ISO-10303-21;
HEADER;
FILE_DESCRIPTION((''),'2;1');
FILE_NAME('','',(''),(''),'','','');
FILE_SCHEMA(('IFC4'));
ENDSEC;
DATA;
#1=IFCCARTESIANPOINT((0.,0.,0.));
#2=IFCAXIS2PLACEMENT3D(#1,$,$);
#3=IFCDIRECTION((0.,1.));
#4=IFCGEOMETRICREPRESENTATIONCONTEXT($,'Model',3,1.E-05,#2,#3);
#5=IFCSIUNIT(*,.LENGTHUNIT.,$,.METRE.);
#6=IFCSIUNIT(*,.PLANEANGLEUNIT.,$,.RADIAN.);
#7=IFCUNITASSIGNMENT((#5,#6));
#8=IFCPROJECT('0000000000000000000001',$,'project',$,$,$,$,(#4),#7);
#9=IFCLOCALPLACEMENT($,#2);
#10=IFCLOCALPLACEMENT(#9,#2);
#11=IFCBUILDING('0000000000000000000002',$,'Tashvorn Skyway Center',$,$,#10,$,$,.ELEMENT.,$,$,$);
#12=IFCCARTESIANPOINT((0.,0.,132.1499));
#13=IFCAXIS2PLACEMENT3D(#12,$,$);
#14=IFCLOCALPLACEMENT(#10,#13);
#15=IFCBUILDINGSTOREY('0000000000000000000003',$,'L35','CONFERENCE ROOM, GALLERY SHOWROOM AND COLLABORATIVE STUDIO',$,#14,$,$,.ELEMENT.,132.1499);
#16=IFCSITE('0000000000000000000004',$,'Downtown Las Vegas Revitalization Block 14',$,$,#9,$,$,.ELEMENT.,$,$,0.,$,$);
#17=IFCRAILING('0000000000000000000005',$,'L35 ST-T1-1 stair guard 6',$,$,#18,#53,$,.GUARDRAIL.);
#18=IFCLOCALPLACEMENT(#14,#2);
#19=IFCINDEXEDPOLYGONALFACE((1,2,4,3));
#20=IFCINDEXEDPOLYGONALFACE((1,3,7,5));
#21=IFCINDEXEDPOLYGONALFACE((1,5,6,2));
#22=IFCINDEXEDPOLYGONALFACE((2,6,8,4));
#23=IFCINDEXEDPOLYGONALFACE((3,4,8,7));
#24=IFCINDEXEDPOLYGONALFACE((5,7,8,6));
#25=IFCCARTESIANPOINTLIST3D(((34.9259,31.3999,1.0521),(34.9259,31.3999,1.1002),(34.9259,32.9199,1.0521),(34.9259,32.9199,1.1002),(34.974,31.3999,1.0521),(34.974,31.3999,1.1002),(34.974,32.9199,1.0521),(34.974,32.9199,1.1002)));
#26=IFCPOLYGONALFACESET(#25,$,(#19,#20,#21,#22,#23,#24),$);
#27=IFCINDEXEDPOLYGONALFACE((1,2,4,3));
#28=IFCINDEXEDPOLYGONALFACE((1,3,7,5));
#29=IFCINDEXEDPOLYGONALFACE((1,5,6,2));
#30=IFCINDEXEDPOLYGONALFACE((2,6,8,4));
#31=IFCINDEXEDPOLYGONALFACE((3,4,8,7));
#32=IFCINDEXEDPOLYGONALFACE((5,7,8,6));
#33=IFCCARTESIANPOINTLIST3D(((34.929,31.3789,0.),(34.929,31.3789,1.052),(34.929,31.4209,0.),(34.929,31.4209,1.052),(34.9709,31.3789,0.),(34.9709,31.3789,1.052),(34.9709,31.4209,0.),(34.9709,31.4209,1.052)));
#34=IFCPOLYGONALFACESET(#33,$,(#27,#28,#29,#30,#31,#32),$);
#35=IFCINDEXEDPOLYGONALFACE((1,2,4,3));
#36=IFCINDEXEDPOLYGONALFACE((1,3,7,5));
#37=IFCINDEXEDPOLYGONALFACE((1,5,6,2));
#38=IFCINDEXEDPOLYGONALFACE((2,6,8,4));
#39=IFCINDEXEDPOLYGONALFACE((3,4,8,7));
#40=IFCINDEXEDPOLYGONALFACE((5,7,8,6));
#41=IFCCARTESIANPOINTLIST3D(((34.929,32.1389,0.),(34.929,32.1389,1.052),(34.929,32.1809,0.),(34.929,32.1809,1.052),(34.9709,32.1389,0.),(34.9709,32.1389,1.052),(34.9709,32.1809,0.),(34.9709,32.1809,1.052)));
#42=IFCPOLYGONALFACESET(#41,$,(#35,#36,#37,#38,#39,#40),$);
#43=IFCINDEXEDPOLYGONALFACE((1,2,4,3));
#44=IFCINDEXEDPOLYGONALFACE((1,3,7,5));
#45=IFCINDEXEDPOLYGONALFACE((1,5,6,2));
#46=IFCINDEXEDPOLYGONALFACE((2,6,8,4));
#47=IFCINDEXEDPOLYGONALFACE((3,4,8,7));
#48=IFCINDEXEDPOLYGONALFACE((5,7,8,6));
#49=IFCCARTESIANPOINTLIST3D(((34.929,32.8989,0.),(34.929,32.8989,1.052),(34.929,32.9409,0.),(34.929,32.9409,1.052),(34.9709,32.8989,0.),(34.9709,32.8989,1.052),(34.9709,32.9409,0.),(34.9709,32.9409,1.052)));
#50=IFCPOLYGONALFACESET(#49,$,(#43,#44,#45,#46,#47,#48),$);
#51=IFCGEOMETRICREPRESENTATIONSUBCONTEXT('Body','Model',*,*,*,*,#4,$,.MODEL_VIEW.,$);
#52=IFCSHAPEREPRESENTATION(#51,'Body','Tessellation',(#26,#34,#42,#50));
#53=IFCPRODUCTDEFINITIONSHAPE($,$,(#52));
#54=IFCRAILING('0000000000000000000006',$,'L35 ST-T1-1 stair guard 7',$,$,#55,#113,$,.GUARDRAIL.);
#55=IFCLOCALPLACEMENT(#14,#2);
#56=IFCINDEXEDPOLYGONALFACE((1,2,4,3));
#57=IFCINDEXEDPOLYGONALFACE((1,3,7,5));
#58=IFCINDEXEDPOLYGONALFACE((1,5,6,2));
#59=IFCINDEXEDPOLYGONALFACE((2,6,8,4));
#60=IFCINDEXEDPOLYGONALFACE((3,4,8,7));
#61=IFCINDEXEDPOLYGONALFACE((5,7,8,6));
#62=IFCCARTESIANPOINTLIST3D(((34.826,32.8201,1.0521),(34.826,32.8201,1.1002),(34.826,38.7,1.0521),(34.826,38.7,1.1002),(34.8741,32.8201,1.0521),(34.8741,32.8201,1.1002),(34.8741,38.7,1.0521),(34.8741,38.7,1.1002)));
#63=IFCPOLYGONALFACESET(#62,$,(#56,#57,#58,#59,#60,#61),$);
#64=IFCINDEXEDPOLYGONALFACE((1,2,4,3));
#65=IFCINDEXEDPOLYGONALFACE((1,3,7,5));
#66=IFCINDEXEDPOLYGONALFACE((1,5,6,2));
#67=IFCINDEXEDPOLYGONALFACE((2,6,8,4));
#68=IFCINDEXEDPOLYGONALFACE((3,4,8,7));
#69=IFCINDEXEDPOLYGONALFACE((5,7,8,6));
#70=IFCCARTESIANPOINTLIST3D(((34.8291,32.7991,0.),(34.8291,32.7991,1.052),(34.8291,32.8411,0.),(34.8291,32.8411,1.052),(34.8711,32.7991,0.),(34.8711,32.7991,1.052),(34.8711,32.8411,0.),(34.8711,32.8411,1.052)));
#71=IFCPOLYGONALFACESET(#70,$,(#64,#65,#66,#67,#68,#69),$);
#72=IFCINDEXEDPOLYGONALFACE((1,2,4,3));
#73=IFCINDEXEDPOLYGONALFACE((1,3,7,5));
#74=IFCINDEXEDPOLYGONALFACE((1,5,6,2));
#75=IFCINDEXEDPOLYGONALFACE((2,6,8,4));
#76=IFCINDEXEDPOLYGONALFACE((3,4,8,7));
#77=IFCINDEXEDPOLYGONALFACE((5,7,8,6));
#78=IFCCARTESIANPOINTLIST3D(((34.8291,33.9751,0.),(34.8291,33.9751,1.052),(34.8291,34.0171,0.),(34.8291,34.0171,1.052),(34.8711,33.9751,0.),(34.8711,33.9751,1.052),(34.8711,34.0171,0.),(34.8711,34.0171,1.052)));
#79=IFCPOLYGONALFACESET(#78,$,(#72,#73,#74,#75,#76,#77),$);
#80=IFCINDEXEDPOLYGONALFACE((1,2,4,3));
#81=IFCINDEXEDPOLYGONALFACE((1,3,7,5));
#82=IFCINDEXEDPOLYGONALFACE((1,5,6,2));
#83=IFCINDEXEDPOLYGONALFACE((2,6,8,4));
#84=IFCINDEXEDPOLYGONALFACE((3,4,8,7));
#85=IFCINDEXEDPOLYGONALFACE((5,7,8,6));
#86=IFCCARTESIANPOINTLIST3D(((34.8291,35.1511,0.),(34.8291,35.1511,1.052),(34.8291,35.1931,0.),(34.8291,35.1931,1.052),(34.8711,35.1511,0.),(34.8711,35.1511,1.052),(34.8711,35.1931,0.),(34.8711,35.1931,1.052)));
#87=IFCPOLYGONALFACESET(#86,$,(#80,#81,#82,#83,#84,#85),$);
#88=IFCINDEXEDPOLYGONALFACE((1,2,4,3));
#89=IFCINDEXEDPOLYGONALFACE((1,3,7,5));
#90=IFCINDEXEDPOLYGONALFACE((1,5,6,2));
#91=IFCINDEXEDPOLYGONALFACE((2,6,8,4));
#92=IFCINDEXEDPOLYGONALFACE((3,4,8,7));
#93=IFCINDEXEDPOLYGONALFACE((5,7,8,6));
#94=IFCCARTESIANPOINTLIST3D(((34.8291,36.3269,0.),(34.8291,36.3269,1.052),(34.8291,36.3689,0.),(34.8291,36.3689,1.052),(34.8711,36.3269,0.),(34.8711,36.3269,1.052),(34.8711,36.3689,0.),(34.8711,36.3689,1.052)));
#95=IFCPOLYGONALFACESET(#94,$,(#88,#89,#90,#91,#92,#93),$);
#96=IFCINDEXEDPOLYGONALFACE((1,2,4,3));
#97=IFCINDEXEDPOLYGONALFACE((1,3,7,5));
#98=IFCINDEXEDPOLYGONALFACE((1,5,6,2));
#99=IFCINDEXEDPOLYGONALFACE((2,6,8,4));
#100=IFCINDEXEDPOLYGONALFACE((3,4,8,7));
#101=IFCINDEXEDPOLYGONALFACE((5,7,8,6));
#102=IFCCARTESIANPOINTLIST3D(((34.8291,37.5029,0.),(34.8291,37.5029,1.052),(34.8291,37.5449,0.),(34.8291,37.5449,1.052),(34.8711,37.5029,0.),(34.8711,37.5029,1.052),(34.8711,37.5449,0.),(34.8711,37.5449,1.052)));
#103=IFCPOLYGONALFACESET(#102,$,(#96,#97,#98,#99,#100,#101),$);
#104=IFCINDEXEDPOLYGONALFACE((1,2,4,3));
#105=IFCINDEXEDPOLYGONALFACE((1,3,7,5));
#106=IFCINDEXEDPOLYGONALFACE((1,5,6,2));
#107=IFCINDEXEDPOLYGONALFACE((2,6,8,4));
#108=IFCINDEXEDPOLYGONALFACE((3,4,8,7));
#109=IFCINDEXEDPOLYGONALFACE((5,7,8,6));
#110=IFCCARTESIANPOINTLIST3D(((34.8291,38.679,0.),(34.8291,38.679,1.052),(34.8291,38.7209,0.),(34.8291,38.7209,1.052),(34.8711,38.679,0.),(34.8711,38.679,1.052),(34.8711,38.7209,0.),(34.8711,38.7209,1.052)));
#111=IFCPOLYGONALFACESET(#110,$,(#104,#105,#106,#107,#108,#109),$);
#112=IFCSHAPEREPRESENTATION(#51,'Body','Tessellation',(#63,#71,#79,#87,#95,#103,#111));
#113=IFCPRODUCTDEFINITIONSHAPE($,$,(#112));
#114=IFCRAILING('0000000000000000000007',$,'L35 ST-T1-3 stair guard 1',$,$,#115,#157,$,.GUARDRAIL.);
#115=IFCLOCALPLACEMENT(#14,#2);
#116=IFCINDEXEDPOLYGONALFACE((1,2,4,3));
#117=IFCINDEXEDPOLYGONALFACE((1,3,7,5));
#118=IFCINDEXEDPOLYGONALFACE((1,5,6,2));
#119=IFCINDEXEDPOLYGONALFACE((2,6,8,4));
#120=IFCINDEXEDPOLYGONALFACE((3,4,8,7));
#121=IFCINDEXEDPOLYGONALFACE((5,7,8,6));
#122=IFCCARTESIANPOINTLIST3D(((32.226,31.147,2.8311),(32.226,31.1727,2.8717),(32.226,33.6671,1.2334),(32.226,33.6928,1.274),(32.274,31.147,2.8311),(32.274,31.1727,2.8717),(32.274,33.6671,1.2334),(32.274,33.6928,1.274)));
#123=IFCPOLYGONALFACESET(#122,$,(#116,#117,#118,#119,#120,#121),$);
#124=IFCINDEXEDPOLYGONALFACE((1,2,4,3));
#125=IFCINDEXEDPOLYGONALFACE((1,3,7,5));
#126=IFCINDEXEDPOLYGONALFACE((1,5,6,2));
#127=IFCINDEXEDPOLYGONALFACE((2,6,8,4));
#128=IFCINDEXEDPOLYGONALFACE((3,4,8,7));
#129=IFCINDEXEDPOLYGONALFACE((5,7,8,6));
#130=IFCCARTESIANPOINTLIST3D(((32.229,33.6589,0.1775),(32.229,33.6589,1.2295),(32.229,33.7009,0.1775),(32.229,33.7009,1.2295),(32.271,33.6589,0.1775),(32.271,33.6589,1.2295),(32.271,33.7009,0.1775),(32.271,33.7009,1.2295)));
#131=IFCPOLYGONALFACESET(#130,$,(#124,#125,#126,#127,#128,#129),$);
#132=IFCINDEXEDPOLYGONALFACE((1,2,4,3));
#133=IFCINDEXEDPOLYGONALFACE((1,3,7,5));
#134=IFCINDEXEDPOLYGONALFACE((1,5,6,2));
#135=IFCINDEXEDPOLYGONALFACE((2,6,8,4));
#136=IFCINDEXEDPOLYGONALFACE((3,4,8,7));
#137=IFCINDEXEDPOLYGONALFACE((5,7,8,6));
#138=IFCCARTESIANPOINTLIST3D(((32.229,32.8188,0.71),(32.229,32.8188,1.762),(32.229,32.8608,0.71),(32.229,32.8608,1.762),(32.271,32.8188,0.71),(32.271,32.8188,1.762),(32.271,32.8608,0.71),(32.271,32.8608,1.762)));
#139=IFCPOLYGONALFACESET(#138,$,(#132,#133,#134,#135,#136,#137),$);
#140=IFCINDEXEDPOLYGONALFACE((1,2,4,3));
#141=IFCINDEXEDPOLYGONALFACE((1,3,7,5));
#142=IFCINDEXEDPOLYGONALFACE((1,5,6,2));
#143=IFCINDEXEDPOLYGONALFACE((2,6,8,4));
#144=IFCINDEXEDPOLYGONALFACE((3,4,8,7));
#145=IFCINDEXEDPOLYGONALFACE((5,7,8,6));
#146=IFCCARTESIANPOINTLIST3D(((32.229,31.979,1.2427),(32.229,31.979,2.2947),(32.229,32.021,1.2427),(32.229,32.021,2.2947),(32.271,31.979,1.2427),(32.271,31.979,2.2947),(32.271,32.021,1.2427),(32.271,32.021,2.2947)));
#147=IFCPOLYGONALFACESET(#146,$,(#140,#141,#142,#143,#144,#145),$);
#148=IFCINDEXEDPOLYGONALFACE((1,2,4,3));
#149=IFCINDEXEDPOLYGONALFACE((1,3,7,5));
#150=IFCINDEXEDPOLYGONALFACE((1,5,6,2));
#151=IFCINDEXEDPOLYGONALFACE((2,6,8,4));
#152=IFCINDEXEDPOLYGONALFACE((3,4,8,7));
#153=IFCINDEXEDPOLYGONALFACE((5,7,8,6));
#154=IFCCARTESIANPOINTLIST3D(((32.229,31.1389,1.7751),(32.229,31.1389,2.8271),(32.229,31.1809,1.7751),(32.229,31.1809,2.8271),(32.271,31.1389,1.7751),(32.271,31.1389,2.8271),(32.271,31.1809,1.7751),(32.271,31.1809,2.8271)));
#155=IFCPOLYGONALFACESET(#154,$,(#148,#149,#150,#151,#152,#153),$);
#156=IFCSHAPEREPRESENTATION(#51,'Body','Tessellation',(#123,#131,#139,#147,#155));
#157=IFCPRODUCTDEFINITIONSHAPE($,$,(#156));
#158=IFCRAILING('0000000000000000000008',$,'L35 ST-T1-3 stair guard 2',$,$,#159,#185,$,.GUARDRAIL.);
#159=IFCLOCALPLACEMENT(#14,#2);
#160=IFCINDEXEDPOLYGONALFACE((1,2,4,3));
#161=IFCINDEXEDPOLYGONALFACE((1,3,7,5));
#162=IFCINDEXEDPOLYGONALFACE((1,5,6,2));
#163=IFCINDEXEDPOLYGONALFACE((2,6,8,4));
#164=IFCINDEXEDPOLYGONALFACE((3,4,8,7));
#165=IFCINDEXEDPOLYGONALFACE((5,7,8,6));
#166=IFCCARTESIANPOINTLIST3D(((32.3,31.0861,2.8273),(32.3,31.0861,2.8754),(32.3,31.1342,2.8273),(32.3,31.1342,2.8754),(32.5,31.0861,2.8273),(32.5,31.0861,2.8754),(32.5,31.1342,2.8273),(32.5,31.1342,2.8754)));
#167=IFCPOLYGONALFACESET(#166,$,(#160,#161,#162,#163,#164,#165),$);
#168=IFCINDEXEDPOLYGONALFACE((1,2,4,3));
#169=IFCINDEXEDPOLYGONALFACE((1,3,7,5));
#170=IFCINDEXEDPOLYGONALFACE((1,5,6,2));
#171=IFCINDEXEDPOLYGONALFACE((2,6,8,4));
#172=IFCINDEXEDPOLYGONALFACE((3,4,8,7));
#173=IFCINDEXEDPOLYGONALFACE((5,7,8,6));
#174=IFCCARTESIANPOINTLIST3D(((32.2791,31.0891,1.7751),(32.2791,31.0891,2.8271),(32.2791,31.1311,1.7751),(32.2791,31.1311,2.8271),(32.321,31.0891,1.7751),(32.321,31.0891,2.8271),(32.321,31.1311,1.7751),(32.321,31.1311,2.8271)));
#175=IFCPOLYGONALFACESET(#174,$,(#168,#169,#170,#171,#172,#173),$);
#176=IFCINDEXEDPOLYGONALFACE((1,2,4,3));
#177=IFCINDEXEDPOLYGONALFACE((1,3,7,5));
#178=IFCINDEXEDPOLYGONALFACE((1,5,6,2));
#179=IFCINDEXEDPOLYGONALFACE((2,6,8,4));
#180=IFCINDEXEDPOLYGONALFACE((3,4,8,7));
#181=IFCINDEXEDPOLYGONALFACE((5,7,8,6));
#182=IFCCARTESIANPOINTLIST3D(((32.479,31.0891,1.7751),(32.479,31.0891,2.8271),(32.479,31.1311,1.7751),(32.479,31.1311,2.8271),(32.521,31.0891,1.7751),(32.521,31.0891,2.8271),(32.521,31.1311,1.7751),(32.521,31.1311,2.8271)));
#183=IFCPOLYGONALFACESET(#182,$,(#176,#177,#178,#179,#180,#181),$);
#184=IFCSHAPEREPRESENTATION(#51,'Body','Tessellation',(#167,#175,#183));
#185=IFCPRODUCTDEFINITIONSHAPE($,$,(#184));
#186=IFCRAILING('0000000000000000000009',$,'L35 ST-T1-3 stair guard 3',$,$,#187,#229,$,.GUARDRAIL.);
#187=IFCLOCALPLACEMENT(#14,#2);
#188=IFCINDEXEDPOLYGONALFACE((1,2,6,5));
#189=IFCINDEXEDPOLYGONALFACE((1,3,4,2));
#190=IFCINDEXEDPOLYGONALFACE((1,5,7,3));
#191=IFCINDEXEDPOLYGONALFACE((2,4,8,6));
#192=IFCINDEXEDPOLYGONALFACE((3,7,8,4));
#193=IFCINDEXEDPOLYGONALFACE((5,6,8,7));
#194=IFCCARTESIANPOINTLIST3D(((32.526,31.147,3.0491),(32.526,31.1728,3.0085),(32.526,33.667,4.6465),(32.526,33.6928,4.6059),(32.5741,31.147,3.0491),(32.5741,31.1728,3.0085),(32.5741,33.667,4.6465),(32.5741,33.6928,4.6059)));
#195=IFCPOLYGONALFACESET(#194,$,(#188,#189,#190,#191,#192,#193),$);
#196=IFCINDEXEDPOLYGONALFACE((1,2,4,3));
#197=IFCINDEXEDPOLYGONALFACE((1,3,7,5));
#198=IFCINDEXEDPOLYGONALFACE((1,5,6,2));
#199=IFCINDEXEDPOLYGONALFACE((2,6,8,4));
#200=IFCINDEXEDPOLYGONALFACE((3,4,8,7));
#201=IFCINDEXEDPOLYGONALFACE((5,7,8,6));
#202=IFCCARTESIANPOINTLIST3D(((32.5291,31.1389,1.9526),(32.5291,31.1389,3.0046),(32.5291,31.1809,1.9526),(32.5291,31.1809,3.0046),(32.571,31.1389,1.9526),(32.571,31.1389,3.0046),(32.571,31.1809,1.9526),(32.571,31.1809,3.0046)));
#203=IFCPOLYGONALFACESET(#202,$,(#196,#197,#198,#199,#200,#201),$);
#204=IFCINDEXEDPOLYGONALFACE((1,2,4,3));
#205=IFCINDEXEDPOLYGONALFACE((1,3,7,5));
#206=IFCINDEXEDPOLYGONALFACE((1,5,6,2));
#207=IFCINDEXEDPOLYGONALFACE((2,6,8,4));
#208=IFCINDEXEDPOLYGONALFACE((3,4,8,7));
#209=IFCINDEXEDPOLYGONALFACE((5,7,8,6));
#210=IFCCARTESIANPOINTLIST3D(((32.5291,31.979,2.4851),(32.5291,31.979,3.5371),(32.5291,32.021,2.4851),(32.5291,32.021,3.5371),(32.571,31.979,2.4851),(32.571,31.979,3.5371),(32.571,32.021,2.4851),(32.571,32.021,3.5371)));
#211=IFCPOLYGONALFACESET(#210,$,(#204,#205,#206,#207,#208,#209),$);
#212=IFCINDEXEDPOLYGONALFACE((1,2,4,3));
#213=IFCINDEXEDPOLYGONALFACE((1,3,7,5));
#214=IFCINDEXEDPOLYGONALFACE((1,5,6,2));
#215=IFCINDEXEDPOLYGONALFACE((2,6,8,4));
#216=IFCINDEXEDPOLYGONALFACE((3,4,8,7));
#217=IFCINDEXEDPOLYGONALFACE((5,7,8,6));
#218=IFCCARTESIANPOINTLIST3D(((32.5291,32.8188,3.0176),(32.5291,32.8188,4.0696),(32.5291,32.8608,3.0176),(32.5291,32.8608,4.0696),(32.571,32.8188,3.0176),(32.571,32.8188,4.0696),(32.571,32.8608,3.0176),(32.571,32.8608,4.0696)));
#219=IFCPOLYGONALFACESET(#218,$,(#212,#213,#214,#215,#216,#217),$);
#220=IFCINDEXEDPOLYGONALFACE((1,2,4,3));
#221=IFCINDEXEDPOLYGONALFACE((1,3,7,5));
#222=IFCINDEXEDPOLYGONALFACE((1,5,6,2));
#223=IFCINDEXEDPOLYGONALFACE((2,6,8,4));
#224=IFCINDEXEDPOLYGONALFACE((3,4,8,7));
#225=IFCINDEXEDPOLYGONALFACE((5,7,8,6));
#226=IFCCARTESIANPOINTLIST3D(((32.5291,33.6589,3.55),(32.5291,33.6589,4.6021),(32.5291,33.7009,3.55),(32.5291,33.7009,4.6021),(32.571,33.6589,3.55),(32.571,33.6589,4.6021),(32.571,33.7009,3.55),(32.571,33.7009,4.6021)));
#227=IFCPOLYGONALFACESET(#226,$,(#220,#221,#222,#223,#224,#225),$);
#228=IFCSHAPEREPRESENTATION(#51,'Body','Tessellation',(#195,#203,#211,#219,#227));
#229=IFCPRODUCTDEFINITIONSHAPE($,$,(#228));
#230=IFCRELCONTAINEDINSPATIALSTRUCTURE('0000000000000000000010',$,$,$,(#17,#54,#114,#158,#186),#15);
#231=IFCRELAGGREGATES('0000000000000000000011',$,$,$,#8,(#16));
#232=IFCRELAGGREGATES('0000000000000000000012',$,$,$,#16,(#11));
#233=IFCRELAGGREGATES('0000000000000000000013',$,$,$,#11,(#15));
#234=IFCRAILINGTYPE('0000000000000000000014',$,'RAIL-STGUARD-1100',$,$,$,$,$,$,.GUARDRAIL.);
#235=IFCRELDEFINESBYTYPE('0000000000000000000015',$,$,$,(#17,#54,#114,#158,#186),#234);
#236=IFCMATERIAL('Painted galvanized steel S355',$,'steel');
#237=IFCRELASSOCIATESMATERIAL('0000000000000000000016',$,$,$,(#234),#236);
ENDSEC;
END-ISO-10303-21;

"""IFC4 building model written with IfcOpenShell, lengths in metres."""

from ifc_helpers import new_model, si_unit, direction, frame, origin, origin_2d, place, context, subcontext, project, spatial, rectangle, extrude, material, type_object, element, save


model = new_model("IFC4")

# Units and contexts
model_context = context("Model", 3, precision=1e-05, world=origin(), true_north=direction((0.0, 1.0)))
body_context = subcontext(model_context, "Body", "Model", "MODEL_VIEW")
ifc_project = project(units=[si_unit("LENGTHUNIT", "METRE"), si_unit("PLANEANGLEUNIT", "RADIAN")], contexts=[model_context])

# Site, building, storey
site_placement = place(None, origin())
site = spatial("IfcSite", under=ifc_project, at=site_placement, Name="Downtown Las Vegas Revitalization Block 14", CompositionType="ELEMENT", RefElevation=0.0)
building_placement = place(site_placement, origin())
building = spatial("IfcBuilding", under=site, at=building_placement, Name="Tashvorn Skyway Center", CompositionType="ELEMENT")
storey_placement = place(building_placement, frame((0.0, 0.0, 132.1499)))
storey = spatial("IfcBuildingStorey", under=building, at=storey_placement, Name="L35", Description="CONFERENCE ROOM, GALLERY SHOWROOM AND COLLABORATIVE STUDIO", CompositionType="ELEMENT", Elevation=132.1499)

# Railings
ifc_material_1 = material(Name="Painted galvanized steel S355", Category="steel")
railing_type_1 = type_object("IfcRailingType", Name="RAIL-STGUARD-1100", PredefinedType="GUARDRAIL", material=ifc_material_1)
railing_1_placement = place(storey_placement, frame((34.95, 31.3999, 0.0)))
element("IfcRailing", 1, at=railing_1_placement, inside=storey, type_object=railing_type_1, Name="L35 ST-T1-1 stair guard 6", PredefinedType="GUARDRAIL", context=body_context, shape_type="SweptSolid", body=[
    extrude(rectangle(XDim=0.0481, YDim=0.0481, at=origin_2d()), frame((0.0, 0.0, 1.0762), z_axis=(0.0, 1.0, 0.0), x_axis=(-1.0, 0.0, 0.0)), (0.0, 0.0, 1.0), 1.52),
    extrude(rectangle(XDim=0.042, YDim=0.042, at=origin_2d()), origin(), (0.0, 0.0, 1.0), 1.052),
    extrude(rectangle(XDim=0.042, YDim=0.042, at=origin_2d()), frame((0.0, 0.76, 0.0)), (0.0, 0.0, 1.0), 1.052),
    extrude(rectangle(XDim=0.042, YDim=0.042, at=origin_2d()), frame((0.0, 1.52, 0.0)), (0.0, 0.0, 1.0), 1.052),
])
railing_2_placement = place(storey_placement, frame((34.8501, 32.8201, 0.0)))
element("IfcRailing", 2, at=railing_2_placement, inside=storey, type_object=railing_type_1, Name="L35 ST-T1-1 stair guard 7", PredefinedType="GUARDRAIL", context=body_context, shape_type="SweptSolid", body=[
    extrude(rectangle(XDim=0.0481, YDim=0.0481, at=origin_2d()), frame((0.0, 0.0, 1.0762), z_axis=(0.0, 1.0, 0.0), x_axis=(-1.0, 0.0, 0.0)), (0.0, 0.0, 1.0), 5.8799),
    extrude(rectangle(XDim=0.042, YDim=0.042, at=origin_2d()), origin(), (0.0, 0.0, 1.0), 1.052),
    extrude(rectangle(XDim=0.042, YDim=0.042, at=origin_2d()), frame((0.0, 1.176, 0.0)), (0.0, 0.0, 1.0), 1.052),
    extrude(rectangle(XDim=0.042, YDim=0.042, at=origin_2d()), frame((0.0, 2.3521, 0.0)), (0.0, 0.0, 1.0), 1.052),
    extrude(rectangle(XDim=0.042, YDim=0.042, at=origin_2d()), frame((0.0, 3.5278, 0.0)), (0.0, 0.0, 1.0), 1.052),
    extrude(rectangle(XDim=0.042, YDim=0.042, at=origin_2d()), frame((0.0, 4.7039, 0.0)), (0.0, 0.0, 1.0), 1.052),
    extrude(rectangle(XDim=0.042, YDim=0.042, at=origin_2d()), frame((0.0, 5.8799, 0.0)), (0.0, 0.0, 1.0), 1.052),
])
railing_3_placement = place(storey_placement, frame((32.25, 33.6799, 0.1775)))
element("IfcRailing", 3, at=railing_3_placement, inside=storey, type_object=railing_type_1, Name="L35 ST-T1-3 stair guard 1", PredefinedType="GUARDRAIL", context=body_context, shape_type="SweptSolid", body=[
    extrude(rectangle(XDim=0.0481, YDim=0.0481, at=origin_2d()), frame((0.0, 0.0, 1.0762), z_axis=(0.0, -0.84457, 0.535445), x_axis=(1.0, 0.0, 0.0)), (0.0, 0.0, 1.0), 2.9839),
    extrude(rectangle(XDim=0.042, YDim=0.042, at=origin_2d()), origin(), (0.0, 0.0, 1.0), 1.052),
    extrude(rectangle(XDim=0.042, YDim=0.042, at=origin_2d()), frame((0.0, -0.8401, 0.5325)), (0.0, 0.0, 1.0), 1.052),
    extrude(rectangle(XDim=0.042, YDim=0.042, at=origin_2d()), frame((0.0, -1.6799, 1.0652)), (0.0, 0.0, 1.0), 1.052),
    extrude(rectangle(XDim=0.042, YDim=0.042, at=origin_2d()), frame((0.0, -2.52, 1.5977)), (0.0, 0.0, 1.0), 1.052),
])
railing_4_placement = place(storey_placement, frame((32.3, 31.1101, 1.7751)))
element("IfcRailing", 4, at=railing_4_placement, inside=storey, type_object=railing_type_1, Name="L35 ST-T1-3 stair guard 2", PredefinedType="GUARDRAIL", context=body_context, shape_type="SweptSolid", body=[
    extrude(rectangle(XDim=0.0481, YDim=0.0481, at=origin_2d()), frame((0.0, 0.0, 1.0762), z_axis=(1.0, 0.0, 0.0), x_axis=(0.0, 1.0, 0.0)), (0.0, 0.0, 1.0), 0.2),
    extrude(rectangle(XDim=0.042, YDim=0.042, at=origin_2d()), origin(), (0.0, 0.0, 1.0), 1.052),
    extrude(rectangle(XDim=0.042, YDim=0.042, at=origin_2d()), frame((0.2, 0.0, 0.0)), (0.0, 0.0, 1.0), 1.052),
])
railing_5_placement = place(storey_placement, frame((32.55, 31.1599, 1.9526)))
element("IfcRailing", 5, at=railing_5_placement, inside=storey, type_object=railing_type_1, Name="L35 ST-T1-3 stair guard 3", PredefinedType="GUARDRAIL", context=body_context, shape_type="SweptSolid", body=[
    extrude(rectangle(XDim=0.0481, YDim=0.0481, at=origin_2d()), frame((0.0, 0.0, 1.0762), z_axis=(0.0, 0.844607, 0.535387), x_axis=(-1.0, 0.0, 0.0)), (0.0, 0.0, 1.0), 2.9836),
    extrude(rectangle(XDim=0.042, YDim=0.042, at=origin_2d()), origin(), (0.0, 0.0, 1.0), 1.052),
    extrude(rectangle(XDim=0.042, YDim=0.042, at=origin_2d()), frame((0.0, 0.8401, 0.5325)), (0.0, 0.0, 1.0), 1.052),
    extrude(rectangle(XDim=0.042, YDim=0.042, at=origin_2d()), frame((0.0, 1.6799, 1.0649)), (0.0, 0.0, 1.0), 1.052),
    extrude(rectangle(XDim=0.042, YDim=0.042, at=origin_2d()), frame((0.0, 2.52, 1.5974)), (0.0, 0.0, 1.0), 1.052),
])

save(model, "model.ifc")
